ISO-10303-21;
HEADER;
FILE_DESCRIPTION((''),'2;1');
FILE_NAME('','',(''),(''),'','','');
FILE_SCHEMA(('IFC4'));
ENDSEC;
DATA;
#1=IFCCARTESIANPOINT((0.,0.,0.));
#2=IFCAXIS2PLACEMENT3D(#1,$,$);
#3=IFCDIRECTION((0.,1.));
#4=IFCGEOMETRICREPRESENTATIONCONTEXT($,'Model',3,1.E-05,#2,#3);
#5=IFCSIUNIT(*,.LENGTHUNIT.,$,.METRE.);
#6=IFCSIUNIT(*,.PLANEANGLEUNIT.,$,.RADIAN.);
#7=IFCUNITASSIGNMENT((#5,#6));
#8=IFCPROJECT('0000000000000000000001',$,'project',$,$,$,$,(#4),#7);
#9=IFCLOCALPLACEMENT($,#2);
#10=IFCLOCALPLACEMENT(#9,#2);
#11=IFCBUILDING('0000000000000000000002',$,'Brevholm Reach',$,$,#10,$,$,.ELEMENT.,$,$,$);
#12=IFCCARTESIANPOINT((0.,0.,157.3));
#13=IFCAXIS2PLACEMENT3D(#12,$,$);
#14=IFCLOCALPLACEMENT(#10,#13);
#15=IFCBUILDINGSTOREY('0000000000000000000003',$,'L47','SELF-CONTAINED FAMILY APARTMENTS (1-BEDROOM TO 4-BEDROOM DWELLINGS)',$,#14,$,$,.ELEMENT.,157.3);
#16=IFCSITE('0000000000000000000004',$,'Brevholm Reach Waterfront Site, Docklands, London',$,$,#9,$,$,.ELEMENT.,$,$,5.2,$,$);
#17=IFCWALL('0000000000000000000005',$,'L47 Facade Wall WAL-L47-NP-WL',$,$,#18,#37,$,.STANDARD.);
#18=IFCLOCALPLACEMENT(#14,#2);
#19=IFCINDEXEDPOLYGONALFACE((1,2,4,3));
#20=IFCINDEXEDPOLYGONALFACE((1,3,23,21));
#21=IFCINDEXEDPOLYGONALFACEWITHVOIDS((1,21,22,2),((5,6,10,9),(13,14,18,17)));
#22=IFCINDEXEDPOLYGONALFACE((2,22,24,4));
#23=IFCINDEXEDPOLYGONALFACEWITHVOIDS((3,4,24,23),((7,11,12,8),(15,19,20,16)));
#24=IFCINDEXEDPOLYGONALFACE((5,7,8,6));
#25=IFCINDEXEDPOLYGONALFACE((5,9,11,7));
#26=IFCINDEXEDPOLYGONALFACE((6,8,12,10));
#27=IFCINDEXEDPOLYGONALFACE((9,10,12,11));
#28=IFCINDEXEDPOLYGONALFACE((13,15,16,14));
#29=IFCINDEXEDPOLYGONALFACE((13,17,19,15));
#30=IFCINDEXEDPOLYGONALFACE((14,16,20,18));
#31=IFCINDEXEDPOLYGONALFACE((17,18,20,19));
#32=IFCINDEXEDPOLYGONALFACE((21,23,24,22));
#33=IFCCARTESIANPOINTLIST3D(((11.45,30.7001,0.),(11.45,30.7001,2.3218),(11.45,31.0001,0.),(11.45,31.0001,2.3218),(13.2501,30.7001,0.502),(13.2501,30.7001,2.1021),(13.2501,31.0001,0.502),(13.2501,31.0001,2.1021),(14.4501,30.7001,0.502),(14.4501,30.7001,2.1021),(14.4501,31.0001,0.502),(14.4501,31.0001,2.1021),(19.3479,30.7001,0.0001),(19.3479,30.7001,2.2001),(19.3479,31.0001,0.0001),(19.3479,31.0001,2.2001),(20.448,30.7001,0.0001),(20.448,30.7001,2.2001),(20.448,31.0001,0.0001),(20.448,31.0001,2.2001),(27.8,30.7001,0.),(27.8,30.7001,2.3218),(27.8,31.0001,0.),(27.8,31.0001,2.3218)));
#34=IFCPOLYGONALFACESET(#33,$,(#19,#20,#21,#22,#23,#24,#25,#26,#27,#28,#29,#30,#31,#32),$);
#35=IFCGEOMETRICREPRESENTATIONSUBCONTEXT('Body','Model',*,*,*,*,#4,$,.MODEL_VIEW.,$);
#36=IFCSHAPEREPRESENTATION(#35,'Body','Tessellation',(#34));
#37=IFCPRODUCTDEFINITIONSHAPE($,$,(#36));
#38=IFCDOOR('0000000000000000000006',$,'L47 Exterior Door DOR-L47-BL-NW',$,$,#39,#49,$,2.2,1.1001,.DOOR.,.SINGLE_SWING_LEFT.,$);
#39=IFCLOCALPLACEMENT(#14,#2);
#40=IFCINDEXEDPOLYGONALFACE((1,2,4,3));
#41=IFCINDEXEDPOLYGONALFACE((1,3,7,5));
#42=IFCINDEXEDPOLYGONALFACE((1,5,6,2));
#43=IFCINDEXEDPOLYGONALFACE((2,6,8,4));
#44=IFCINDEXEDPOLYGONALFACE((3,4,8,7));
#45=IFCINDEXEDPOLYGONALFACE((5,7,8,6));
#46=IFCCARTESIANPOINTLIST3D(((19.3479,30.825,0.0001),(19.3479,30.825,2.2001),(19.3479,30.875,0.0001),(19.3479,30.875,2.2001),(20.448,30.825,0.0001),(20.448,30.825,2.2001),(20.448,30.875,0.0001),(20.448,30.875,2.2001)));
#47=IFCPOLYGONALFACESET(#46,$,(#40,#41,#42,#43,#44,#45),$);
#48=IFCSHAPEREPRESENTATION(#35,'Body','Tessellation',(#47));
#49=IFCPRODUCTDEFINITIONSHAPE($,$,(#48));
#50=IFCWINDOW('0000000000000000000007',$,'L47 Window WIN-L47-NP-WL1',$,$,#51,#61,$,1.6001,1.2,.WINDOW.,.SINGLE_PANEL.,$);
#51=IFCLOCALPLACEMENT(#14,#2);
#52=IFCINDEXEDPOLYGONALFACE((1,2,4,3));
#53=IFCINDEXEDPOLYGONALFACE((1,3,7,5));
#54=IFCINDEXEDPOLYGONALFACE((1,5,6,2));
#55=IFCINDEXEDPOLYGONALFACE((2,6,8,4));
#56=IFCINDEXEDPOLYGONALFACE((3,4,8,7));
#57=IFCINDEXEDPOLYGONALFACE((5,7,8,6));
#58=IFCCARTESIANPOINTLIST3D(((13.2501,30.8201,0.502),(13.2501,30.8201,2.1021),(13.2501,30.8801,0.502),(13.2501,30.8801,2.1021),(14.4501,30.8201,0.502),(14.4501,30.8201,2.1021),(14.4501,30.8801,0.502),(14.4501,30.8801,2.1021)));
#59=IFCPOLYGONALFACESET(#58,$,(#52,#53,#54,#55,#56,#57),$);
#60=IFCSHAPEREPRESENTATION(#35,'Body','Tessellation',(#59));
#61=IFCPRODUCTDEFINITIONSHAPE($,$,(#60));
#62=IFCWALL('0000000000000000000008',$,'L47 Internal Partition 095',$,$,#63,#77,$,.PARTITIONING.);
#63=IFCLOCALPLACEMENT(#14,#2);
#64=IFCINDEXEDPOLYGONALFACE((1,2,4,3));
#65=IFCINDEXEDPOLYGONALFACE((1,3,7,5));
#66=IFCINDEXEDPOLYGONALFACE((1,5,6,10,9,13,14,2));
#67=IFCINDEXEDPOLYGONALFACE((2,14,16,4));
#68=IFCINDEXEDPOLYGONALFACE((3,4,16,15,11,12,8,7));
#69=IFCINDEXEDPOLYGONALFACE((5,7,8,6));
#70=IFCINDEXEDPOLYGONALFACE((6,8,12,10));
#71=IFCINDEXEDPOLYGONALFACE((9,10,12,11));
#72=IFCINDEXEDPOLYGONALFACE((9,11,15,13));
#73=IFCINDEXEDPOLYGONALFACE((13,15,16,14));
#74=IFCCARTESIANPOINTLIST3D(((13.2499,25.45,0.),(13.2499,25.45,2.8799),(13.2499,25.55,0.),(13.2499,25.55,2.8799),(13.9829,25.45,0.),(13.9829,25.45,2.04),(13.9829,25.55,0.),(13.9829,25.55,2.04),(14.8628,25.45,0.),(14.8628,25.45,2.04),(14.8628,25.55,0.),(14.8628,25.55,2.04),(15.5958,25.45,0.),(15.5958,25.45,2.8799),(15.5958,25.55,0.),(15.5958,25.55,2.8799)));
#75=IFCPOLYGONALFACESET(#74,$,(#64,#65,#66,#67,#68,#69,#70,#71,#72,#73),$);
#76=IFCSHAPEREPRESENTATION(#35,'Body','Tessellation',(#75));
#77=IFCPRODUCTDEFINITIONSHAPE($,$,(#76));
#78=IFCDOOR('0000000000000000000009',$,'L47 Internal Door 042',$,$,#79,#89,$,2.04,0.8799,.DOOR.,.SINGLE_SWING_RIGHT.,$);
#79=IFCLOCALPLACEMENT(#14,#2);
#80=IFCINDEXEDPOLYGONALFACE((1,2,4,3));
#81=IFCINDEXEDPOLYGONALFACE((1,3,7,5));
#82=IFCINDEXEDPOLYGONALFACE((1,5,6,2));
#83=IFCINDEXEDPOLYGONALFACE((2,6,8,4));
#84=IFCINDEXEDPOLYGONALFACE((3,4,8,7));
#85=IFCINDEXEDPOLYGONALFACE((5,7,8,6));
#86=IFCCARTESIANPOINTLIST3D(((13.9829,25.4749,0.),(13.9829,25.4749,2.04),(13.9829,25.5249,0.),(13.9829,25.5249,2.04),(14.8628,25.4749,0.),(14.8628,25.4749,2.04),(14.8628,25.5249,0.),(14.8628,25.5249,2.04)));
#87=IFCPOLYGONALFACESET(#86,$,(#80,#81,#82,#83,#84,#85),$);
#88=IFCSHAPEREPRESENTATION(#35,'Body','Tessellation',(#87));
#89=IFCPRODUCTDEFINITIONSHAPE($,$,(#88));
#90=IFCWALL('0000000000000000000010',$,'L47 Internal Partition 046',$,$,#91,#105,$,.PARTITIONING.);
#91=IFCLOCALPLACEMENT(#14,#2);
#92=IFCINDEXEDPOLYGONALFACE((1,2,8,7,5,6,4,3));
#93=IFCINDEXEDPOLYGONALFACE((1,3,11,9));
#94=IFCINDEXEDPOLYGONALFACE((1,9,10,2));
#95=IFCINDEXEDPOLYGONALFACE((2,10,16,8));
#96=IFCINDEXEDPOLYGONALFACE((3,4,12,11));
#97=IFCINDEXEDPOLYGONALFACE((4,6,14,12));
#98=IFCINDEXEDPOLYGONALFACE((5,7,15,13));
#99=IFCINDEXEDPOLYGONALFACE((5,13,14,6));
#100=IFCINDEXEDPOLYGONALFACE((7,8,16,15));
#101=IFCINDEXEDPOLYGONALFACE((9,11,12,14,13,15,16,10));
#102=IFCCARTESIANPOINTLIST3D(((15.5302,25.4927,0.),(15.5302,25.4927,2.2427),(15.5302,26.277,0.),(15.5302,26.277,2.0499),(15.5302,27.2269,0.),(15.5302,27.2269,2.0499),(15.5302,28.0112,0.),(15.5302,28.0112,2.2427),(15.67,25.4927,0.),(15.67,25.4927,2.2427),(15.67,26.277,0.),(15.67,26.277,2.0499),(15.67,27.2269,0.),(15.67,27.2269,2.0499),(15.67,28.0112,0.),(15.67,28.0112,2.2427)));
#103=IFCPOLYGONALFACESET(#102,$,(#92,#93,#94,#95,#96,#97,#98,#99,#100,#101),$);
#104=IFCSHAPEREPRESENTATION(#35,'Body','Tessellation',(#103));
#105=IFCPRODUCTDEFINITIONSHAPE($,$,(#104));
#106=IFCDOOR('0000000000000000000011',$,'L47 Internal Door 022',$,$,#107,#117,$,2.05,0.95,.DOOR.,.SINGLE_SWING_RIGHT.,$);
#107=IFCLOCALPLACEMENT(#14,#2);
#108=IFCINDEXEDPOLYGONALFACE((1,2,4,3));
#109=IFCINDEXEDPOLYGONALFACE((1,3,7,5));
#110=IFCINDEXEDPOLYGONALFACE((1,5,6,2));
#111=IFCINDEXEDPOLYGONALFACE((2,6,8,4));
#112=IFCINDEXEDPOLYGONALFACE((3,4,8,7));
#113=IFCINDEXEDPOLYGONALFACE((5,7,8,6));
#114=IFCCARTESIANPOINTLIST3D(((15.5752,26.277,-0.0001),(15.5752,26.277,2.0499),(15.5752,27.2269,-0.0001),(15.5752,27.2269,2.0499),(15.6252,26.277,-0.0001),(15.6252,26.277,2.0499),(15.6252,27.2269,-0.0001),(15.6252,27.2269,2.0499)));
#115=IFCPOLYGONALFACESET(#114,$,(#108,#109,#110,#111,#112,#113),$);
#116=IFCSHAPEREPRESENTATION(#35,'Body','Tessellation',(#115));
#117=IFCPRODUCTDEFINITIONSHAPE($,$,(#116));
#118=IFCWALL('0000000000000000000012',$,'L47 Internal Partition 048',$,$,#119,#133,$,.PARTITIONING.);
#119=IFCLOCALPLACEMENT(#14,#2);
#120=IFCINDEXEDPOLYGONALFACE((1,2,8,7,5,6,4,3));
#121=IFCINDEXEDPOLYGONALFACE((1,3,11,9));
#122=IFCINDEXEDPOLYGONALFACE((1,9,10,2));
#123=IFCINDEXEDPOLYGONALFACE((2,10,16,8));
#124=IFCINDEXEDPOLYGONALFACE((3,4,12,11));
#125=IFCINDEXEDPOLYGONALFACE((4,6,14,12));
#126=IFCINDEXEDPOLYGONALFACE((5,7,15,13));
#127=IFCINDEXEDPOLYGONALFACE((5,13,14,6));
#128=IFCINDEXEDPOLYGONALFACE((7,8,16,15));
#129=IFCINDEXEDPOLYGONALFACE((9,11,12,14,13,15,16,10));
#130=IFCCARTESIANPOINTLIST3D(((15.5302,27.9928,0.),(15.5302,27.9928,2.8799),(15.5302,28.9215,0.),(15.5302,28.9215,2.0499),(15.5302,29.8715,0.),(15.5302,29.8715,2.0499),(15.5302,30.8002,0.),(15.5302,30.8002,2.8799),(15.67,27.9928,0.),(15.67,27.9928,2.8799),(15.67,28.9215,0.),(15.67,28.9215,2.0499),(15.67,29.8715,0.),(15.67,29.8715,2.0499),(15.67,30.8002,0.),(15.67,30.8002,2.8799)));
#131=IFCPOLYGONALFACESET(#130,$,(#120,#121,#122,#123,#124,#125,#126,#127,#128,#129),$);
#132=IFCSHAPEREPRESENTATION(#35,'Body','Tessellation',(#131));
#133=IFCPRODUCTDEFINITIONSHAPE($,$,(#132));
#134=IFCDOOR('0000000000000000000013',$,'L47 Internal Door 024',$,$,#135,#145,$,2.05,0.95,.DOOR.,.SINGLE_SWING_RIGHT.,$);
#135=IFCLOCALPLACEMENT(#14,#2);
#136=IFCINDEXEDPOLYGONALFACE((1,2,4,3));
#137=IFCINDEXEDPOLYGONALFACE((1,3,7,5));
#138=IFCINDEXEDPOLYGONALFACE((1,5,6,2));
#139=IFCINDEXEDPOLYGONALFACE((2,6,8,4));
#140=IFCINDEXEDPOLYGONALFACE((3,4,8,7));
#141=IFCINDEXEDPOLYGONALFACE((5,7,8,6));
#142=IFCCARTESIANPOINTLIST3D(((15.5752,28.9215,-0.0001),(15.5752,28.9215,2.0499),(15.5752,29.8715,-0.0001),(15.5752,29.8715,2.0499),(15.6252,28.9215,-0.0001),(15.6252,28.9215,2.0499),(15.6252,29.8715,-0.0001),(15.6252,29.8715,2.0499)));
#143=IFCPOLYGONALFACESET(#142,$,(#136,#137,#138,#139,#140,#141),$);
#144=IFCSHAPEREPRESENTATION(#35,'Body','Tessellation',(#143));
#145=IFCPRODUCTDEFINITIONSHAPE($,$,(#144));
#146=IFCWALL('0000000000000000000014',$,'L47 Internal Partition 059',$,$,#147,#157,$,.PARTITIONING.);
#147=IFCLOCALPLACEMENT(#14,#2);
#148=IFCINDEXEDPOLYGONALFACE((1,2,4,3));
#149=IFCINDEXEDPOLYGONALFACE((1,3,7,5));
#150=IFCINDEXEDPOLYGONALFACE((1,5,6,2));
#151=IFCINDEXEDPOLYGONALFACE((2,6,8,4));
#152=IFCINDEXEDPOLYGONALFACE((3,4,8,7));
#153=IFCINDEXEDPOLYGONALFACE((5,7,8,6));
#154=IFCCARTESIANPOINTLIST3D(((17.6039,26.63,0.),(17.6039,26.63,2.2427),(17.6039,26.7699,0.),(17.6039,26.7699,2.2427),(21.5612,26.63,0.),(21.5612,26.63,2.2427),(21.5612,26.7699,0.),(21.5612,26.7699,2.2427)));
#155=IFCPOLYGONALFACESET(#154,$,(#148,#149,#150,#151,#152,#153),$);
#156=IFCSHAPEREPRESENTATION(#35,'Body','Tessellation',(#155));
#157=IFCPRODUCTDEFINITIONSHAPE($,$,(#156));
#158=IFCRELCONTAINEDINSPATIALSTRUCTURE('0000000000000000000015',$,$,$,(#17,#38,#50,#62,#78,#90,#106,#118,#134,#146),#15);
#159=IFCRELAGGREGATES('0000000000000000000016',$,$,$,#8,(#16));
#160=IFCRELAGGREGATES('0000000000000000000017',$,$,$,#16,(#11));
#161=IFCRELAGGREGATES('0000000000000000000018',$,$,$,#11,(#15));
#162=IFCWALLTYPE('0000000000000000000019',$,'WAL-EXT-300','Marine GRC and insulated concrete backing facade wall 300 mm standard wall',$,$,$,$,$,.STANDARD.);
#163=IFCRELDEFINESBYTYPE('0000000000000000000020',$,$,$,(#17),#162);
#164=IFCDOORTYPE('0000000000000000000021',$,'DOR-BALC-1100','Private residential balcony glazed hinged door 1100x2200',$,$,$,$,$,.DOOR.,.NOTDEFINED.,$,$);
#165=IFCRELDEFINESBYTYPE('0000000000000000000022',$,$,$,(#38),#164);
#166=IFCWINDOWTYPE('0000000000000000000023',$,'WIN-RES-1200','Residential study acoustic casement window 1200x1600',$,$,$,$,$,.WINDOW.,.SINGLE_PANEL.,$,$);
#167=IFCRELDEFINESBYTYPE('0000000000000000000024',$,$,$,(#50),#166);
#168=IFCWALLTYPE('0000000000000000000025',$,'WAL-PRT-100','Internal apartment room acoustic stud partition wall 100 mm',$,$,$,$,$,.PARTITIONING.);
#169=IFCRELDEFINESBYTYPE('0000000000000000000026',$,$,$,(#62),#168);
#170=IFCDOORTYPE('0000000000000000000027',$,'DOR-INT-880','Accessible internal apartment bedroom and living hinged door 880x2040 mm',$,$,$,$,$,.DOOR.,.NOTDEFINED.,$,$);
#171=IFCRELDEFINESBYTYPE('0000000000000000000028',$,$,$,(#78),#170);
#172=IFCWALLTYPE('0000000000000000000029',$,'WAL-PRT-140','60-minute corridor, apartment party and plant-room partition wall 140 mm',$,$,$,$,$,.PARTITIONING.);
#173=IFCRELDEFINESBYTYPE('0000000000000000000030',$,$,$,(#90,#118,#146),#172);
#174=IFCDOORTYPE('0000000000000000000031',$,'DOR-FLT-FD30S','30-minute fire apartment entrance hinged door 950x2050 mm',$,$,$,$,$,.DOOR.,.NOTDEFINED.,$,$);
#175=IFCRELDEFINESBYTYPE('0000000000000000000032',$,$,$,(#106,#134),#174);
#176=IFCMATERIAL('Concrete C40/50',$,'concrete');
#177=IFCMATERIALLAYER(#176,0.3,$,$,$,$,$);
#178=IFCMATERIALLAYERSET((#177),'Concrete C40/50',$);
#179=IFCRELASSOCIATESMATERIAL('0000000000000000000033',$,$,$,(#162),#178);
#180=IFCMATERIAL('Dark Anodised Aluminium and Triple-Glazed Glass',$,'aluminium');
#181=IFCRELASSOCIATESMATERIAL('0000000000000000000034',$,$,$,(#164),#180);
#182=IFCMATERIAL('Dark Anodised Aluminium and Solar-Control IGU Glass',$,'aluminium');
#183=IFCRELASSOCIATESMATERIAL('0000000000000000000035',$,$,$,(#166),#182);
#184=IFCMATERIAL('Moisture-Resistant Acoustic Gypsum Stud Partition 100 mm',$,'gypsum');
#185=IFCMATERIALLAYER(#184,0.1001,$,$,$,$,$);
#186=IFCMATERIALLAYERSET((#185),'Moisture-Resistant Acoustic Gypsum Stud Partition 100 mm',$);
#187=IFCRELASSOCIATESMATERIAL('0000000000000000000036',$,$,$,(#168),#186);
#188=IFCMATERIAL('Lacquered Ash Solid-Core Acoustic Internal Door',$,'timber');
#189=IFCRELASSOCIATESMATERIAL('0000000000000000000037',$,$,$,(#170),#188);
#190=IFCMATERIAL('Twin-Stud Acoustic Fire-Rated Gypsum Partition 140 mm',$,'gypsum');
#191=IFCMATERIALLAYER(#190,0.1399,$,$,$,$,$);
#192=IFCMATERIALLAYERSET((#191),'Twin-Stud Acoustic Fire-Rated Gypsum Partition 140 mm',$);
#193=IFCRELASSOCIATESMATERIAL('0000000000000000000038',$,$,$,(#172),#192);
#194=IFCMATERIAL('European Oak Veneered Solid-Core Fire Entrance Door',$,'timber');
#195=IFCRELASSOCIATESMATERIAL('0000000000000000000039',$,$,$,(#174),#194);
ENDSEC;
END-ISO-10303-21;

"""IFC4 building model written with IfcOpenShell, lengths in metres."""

from ifc_helpers import new_model, si_unit, direction, frame, frame_2d, origin, place, context, subcontext, project, spatial, rectangle, extrude, material, layer, layer_set, type_object, element, fill, save


model = new_model("IFC4")

# Units and contexts
model_context = context("Model", 3, precision=1e-05, world=origin(), true_north=direction((0.0, 1.0)))
body_context = subcontext(model_context, "Body", "Model", "MODEL_VIEW")
ifc_project = project(units=[si_unit("LENGTHUNIT", "METRE"), si_unit("PLANEANGLEUNIT", "RADIAN")], contexts=[model_context])

# Site, building, storey
site_placement = place(None, origin())
site = spatial("IfcSite", under=ifc_project, at=site_placement, Name="Brevholm Reach Waterfront Site, Docklands, London", CompositionType="ELEMENT", RefElevation=5.2)
building_placement = place(site_placement, origin())
building = spatial("IfcBuilding", under=site, at=building_placement, Name="Brevholm Reach", CompositionType="ELEMENT")
storey_placement = place(building_placement, frame((0.0, 0.0, 157.3)))
storey = spatial("IfcBuildingStorey", under=building, at=storey_placement, Name="L47", Description="SELF-CONTAINED FAMILY APARTMENTS (1-BEDROOM TO 4-BEDROOM DWELLINGS)", CompositionType="ELEMENT", Elevation=157.3)

# Wall, openings, door, window
ifc_material_1 = material(Name="Concrete C40/50", Category="concrete")
ifc_layer_1 = layer(ifc_material_1, 0.3)
ifc_layer_set_1 = layer_set([ifc_layer_1], Name="Concrete C40/50")
wall_type_1 = type_object("IfcWallType", Name="WAL-EXT-300", Description="Marine GRC and insulated concrete backing facade wall 300 mm standard wall", PredefinedType="STANDARD", material=ifc_layer_set_1)
wall_1_placement = place(storey_placement, frame((11.45, 30.8501, 0.0), z_axis=(0.0, 0.0, 1.0), x_axis=(1.0, 0.0, 0.0)))
wall_1 = element("IfcWall", 1, at=wall_1_placement, inside=storey, type_object=wall_type_1, Name="L47 Facade Wall WAL-L47-NP-WL", PredefinedType="STANDARD", context=body_context, shape_type="SweptSolid", body=[
    extrude(rectangle(XDim=16.3501, YDim=0.3, at=frame_2d((8.175, 0.0))), origin(), (0.0, 0.0, 1.0), 2.3218),
])
opening_1_placement = place(wall_1_placement, frame((7.8979, 0.0, 0.0)))
opening_1 = element("IfcOpeningElement", 2, at=opening_1_placement, cuts=wall_1, PredefinedType="OPENING", context=body_context, shape_type="SweptSolid", body=[
    extrude(rectangle(XDim=1.1001, YDim=2.2, at=frame_2d((0.55, 1.1001))), frame((0.0, 0.1599, 0.0), z_axis=(0.0, -1.0, 0.0), x_axis=(1.0, 0.0, 0.0)), (0.0, 0.0, 1.0), 0.3201),
])
opening_2_placement = place(wall_1_placement, frame((1.8, 0.0, 0.502)))
opening_2 = element("IfcOpeningElement", 3, at=opening_2_placement, cuts=wall_1, PredefinedType="OPENING", context=body_context, shape_type="SweptSolid", body=[
    extrude(rectangle(XDim=1.2, YDim=1.6001, at=frame_2d((0.6001, 0.8))), frame((0.0, 0.1599, 0.0), z_axis=(0.0, -1.0, 0.0), x_axis=(1.0, 0.0, 0.0)), (0.0, 0.0, 1.0), 0.3201),
])
ifc_material_2 = material(Name="Dark Anodised Aluminium and Triple-Glazed Glass", Category="aluminium")
door_type_1 = type_object("IfcDoorType", Name="DOR-BALC-1100", Description="Private residential balcony glazed hinged door 1100x2200", OperationType="NOTDEFINED", PredefinedType="DOOR", material=ifc_material_2)
door_1_placement = place(opening_1_placement, origin())
door_1 = element("IfcDoor", 4, at=door_1_placement, inside=storey, type_object=door_type_1, Name="L47 Exterior Door DOR-L47-BL-NW", OperationType="SINGLE_SWING_LEFT", OverallHeight=2.2, OverallWidth=1.1001, PredefinedType="DOOR", context=body_context, shape_type="SweptSolid", body=[
    extrude(rectangle(XDim=1.1001, YDim=2.2, at=frame_2d((0.55, 1.1001))), frame((0.0, 0.0249, 0.0), z_axis=(0.0, -1.0, 0.0), x_axis=(1.0, 0.0, 0.0)), (0.0, 0.0, 1.0), 0.05),
])
fill(opening_1, door_1)
ifc_material_3 = material(Name="Dark Anodised Aluminium and Solar-Control IGU Glass", Category="aluminium")
window_type = type_object("IfcWindowType", Name="WIN-RES-1200", Description="Residential study acoustic casement window 1200x1600", PartitioningType="SINGLE_PANEL", PredefinedType="WINDOW", material=ifc_material_3)
window_placement = place(opening_2_placement, origin())
window = element("IfcWindow", 5, at=window_placement, inside=storey, type_object=window_type, Name="L47 Window WIN-L47-NP-WL1", OverallHeight=1.6001, OverallWidth=1.2, PartitioningType="SINGLE_PANEL", PredefinedType="WINDOW", context=body_context, shape_type="SweptSolid", body=[
    extrude(rectangle(XDim=1.2, YDim=1.6001, at=frame_2d((0.6001, 0.8))), frame((0.0, 0.03, 0.0), z_axis=(0.0, -1.0, 0.0), x_axis=(1.0, 0.0, 0.0)), (0.0, 0.0, 1.0), 0.0601),
])
fill(opening_2, window)

# Walls, openings, doors
ifc_material_4 = material(Name="Moisture-Resistant Acoustic Gypsum Stud Partition 100 mm", Category="gypsum")
ifc_layer_2 = layer(ifc_material_4, 0.1001)
ifc_layer_set_2 = layer_set([ifc_layer_2], Name="Moisture-Resistant Acoustic Gypsum Stud Partition 100 mm")
wall_type_2 = type_object("IfcWallType", Name="WAL-PRT-100", Description="Internal apartment room acoustic stud partition wall 100 mm", PredefinedType="PARTITIONING", material=ifc_layer_set_2)
wall_2_placement = place(storey_placement, frame((13.25, 25.5, 0.0), z_axis=(0.0, 0.0, 1.0), x_axis=(1.0, 0.0, 0.0)))
wall_2 = element("IfcWall", 6, at=wall_2_placement, inside=storey, type_object=wall_type_2, Name="L47 Internal Partition 095", PredefinedType="PARTITIONING", context=body_context, shape_type="SweptSolid", body=[
    extrude(rectangle(XDim=2.3459, YDim=0.1001, at=frame_2d((1.1729, 0.0))), origin(), (0.0, 0.0, 1.0), 2.8799),
])
opening_3_placement = place(wall_2_placement, frame((0.7329, 0.0, 0.0)))
opening_3 = element("IfcOpeningElement", 7, at=opening_3_placement, cuts=wall_2, PredefinedType="OPENING", context=body_context, shape_type="SweptSolid", body=[
    extrude(rectangle(XDim=0.8799, YDim=2.04, at=frame_2d((0.4399, 1.02))), frame((0.0, 0.0601, 0.0), z_axis=(0.0, -1.0, 0.0), x_axis=(1.0, 0.0, 0.0)), (0.0, 0.0, 1.0), 0.1201),
])
ifc_material_5 = material(Name="Lacquered Ash Solid-Core Acoustic Internal Door", Category="timber")
door_type_2 = type_object("IfcDoorType", Name="DOR-INT-880", Description="Accessible internal apartment bedroom and living hinged door 880x2040 mm", OperationType="NOTDEFINED", PredefinedType="DOOR", material=ifc_material_5)
door_2_placement = place(opening_3_placement, origin())
door_2 = element("IfcDoor", 8, at=door_2_placement, inside=storey, type_object=door_type_2, Name="L47 Internal Door 042", OperationType="SINGLE_SWING_RIGHT", OverallHeight=2.04, OverallWidth=0.8799, PredefinedType="DOOR", context=body_context, shape_type="SweptSolid", body=[
    extrude(rectangle(XDim=0.8799, YDim=2.04, at=frame_2d((0.4399, 1.02))), frame((0.0, 0.0249, 0.0), z_axis=(0.0, -1.0, 0.0), x_axis=(1.0, 0.0, 0.0)), (0.0, 0.0, 1.0), 0.05),
])
fill(opening_3, door_2)
ifc_material_6 = material(Name="Twin-Stud Acoustic Fire-Rated Gypsum Partition 140 mm", Category="gypsum")
ifc_layer_3 = layer(ifc_material_6, 0.1399)
ifc_layer_set_3 = layer_set([ifc_layer_3], Name="Twin-Stud Acoustic Fire-Rated Gypsum Partition 140 mm")
wall_type_3 = type_object("IfcWallType", Name="WAL-PRT-140", Description="60-minute corridor, apartment party and plant-room partition wall 140 mm", PredefinedType="PARTITIONING", material=ifc_layer_set_3)
wall_3_placement = place(storey_placement, frame((15.6001, 25.4927, 0.0), z_axis=(0.0, 0.0, 1.0), x_axis=(0.0, 1.0, 0.0)))
wall_3 = element("IfcWall", 9, at=wall_3_placement, inside=storey, type_object=wall_type_3, Name="L47 Internal Partition 046", PredefinedType="PARTITIONING", context=body_context, shape_type="SweptSolid", body=[
    extrude(rectangle(XDim=2.5186, YDim=0.1399, at=frame_2d((1.2593, 0.0))), origin(), (0.0, 0.0, 1.0), 2.2427),
])
opening_4_placement = place(wall_3_placement, frame((0.7842, 0.0, 0.0)))
opening_4 = element("IfcOpeningElement", 10, at=opening_4_placement, cuts=wall_3, PredefinedType="OPENING", context=body_context, shape_type="SweptSolid", body=[
    extrude(rectangle(XDim=0.95, YDim=2.05, at=frame_2d((0.4751, 1.0249))), frame((0.0, 0.0798, 0.0), z_axis=(0.0, -1.0, 0.0), x_axis=(1.0, 0.0, 0.0)), (0.0, 0.0, 1.0), 0.1599),
])
ifc_material_7 = material(Name="European Oak Veneered Solid-Core Fire Entrance Door", Category="timber")
door_type_3 = type_object("IfcDoorType", Name="DOR-FLT-FD30S", Description="30-minute fire apartment entrance hinged door 950x2050 mm", OperationType="NOTDEFINED", PredefinedType="DOOR", material=ifc_material_7)
door_3_placement = place(opening_4_placement, origin())
door_3 = element("IfcDoor", 11, at=door_3_placement, inside=storey, type_object=door_type_3, Name="L47 Internal Door 022", OperationType="SINGLE_SWING_RIGHT", OverallHeight=2.05, OverallWidth=0.95, PredefinedType="DOOR", context=body_context, shape_type="SweptSolid", body=[
    extrude(rectangle(XDim=0.95, YDim=2.05, at=frame_2d((0.4751, 1.0249))), frame((0.0, 0.0249, 0.0), z_axis=(0.0, -1.0, 0.0), x_axis=(1.0, 0.0, 0.0)), (0.0, 0.0, 1.0), 0.05),
])
fill(opening_4, door_3)
wall_4_placement = place(storey_placement, frame((15.6001, 27.9927, 0.0), z_axis=(0.0, 0.0, 1.0), x_axis=(0.0, 1.0, 0.0)))
wall_4 = element("IfcWall", 12, at=wall_4_placement, inside=storey, type_object=wall_type_3, Name="L47 Internal Partition 048", PredefinedType="PARTITIONING", context=body_context, shape_type="SweptSolid", body=[
    extrude(rectangle(XDim=2.8074, YDim=0.1399, at=frame_2d((1.4038, 0.0))), origin(), (0.0, 0.0, 1.0), 2.8799),
])
opening_5_placement = place(wall_4_placement, frame((0.9287, 0.0, 0.0)))
opening_5 = element("IfcOpeningElement", 13, at=opening_5_placement, cuts=wall_4, PredefinedType="OPENING", context=body_context, shape_type="SweptSolid", body=[
    extrude(rectangle(XDim=0.95, YDim=2.05, at=frame_2d((0.4751, 1.0249))), frame((0.0, 0.0798, 0.0), z_axis=(0.0, -1.0, 0.0), x_axis=(1.0, 0.0, 0.0)), (0.0, 0.0, 1.0), 0.1599),
])
door_4_placement = place(opening_5_placement, origin())
door_4 = element("IfcDoor", 14, at=door_4_placement, inside=storey, type_object=door_type_3, Name="L47 Internal Door 024", OperationType="SINGLE_SWING_RIGHT", OverallHeight=2.05, OverallWidth=0.95, PredefinedType="DOOR", context=body_context, shape_type="SweptSolid", body=[
    extrude(rectangle(XDim=0.95, YDim=2.05, at=frame_2d((0.4751, 1.0249))), frame((0.0, 0.0249, 0.0), z_axis=(0.0, -1.0, 0.0), x_axis=(1.0, 0.0, 0.0)), (0.0, 0.0, 1.0), 0.05),
])
fill(opening_5, door_4)

# Wall
wall_5_placement = place(storey_placement, frame((17.604, 26.7, 0.0), z_axis=(0.0, 0.0, 1.0), x_axis=(1.0, 0.0, 0.0)))
element("IfcWall", 15, at=wall_5_placement, inside=storey, type_object=wall_type_3, Name="L47 Internal Partition 059", PredefinedType="PARTITIONING", context=body_context, shape_type="SweptSolid", body=[
    extrude(rectangle(XDim=3.9573, YDim=0.1399, at=frame_2d((1.9785, 0.0))), origin(), (0.0, 0.0, 1.0), 2.2427),
])

save(model, "model.ifc")
